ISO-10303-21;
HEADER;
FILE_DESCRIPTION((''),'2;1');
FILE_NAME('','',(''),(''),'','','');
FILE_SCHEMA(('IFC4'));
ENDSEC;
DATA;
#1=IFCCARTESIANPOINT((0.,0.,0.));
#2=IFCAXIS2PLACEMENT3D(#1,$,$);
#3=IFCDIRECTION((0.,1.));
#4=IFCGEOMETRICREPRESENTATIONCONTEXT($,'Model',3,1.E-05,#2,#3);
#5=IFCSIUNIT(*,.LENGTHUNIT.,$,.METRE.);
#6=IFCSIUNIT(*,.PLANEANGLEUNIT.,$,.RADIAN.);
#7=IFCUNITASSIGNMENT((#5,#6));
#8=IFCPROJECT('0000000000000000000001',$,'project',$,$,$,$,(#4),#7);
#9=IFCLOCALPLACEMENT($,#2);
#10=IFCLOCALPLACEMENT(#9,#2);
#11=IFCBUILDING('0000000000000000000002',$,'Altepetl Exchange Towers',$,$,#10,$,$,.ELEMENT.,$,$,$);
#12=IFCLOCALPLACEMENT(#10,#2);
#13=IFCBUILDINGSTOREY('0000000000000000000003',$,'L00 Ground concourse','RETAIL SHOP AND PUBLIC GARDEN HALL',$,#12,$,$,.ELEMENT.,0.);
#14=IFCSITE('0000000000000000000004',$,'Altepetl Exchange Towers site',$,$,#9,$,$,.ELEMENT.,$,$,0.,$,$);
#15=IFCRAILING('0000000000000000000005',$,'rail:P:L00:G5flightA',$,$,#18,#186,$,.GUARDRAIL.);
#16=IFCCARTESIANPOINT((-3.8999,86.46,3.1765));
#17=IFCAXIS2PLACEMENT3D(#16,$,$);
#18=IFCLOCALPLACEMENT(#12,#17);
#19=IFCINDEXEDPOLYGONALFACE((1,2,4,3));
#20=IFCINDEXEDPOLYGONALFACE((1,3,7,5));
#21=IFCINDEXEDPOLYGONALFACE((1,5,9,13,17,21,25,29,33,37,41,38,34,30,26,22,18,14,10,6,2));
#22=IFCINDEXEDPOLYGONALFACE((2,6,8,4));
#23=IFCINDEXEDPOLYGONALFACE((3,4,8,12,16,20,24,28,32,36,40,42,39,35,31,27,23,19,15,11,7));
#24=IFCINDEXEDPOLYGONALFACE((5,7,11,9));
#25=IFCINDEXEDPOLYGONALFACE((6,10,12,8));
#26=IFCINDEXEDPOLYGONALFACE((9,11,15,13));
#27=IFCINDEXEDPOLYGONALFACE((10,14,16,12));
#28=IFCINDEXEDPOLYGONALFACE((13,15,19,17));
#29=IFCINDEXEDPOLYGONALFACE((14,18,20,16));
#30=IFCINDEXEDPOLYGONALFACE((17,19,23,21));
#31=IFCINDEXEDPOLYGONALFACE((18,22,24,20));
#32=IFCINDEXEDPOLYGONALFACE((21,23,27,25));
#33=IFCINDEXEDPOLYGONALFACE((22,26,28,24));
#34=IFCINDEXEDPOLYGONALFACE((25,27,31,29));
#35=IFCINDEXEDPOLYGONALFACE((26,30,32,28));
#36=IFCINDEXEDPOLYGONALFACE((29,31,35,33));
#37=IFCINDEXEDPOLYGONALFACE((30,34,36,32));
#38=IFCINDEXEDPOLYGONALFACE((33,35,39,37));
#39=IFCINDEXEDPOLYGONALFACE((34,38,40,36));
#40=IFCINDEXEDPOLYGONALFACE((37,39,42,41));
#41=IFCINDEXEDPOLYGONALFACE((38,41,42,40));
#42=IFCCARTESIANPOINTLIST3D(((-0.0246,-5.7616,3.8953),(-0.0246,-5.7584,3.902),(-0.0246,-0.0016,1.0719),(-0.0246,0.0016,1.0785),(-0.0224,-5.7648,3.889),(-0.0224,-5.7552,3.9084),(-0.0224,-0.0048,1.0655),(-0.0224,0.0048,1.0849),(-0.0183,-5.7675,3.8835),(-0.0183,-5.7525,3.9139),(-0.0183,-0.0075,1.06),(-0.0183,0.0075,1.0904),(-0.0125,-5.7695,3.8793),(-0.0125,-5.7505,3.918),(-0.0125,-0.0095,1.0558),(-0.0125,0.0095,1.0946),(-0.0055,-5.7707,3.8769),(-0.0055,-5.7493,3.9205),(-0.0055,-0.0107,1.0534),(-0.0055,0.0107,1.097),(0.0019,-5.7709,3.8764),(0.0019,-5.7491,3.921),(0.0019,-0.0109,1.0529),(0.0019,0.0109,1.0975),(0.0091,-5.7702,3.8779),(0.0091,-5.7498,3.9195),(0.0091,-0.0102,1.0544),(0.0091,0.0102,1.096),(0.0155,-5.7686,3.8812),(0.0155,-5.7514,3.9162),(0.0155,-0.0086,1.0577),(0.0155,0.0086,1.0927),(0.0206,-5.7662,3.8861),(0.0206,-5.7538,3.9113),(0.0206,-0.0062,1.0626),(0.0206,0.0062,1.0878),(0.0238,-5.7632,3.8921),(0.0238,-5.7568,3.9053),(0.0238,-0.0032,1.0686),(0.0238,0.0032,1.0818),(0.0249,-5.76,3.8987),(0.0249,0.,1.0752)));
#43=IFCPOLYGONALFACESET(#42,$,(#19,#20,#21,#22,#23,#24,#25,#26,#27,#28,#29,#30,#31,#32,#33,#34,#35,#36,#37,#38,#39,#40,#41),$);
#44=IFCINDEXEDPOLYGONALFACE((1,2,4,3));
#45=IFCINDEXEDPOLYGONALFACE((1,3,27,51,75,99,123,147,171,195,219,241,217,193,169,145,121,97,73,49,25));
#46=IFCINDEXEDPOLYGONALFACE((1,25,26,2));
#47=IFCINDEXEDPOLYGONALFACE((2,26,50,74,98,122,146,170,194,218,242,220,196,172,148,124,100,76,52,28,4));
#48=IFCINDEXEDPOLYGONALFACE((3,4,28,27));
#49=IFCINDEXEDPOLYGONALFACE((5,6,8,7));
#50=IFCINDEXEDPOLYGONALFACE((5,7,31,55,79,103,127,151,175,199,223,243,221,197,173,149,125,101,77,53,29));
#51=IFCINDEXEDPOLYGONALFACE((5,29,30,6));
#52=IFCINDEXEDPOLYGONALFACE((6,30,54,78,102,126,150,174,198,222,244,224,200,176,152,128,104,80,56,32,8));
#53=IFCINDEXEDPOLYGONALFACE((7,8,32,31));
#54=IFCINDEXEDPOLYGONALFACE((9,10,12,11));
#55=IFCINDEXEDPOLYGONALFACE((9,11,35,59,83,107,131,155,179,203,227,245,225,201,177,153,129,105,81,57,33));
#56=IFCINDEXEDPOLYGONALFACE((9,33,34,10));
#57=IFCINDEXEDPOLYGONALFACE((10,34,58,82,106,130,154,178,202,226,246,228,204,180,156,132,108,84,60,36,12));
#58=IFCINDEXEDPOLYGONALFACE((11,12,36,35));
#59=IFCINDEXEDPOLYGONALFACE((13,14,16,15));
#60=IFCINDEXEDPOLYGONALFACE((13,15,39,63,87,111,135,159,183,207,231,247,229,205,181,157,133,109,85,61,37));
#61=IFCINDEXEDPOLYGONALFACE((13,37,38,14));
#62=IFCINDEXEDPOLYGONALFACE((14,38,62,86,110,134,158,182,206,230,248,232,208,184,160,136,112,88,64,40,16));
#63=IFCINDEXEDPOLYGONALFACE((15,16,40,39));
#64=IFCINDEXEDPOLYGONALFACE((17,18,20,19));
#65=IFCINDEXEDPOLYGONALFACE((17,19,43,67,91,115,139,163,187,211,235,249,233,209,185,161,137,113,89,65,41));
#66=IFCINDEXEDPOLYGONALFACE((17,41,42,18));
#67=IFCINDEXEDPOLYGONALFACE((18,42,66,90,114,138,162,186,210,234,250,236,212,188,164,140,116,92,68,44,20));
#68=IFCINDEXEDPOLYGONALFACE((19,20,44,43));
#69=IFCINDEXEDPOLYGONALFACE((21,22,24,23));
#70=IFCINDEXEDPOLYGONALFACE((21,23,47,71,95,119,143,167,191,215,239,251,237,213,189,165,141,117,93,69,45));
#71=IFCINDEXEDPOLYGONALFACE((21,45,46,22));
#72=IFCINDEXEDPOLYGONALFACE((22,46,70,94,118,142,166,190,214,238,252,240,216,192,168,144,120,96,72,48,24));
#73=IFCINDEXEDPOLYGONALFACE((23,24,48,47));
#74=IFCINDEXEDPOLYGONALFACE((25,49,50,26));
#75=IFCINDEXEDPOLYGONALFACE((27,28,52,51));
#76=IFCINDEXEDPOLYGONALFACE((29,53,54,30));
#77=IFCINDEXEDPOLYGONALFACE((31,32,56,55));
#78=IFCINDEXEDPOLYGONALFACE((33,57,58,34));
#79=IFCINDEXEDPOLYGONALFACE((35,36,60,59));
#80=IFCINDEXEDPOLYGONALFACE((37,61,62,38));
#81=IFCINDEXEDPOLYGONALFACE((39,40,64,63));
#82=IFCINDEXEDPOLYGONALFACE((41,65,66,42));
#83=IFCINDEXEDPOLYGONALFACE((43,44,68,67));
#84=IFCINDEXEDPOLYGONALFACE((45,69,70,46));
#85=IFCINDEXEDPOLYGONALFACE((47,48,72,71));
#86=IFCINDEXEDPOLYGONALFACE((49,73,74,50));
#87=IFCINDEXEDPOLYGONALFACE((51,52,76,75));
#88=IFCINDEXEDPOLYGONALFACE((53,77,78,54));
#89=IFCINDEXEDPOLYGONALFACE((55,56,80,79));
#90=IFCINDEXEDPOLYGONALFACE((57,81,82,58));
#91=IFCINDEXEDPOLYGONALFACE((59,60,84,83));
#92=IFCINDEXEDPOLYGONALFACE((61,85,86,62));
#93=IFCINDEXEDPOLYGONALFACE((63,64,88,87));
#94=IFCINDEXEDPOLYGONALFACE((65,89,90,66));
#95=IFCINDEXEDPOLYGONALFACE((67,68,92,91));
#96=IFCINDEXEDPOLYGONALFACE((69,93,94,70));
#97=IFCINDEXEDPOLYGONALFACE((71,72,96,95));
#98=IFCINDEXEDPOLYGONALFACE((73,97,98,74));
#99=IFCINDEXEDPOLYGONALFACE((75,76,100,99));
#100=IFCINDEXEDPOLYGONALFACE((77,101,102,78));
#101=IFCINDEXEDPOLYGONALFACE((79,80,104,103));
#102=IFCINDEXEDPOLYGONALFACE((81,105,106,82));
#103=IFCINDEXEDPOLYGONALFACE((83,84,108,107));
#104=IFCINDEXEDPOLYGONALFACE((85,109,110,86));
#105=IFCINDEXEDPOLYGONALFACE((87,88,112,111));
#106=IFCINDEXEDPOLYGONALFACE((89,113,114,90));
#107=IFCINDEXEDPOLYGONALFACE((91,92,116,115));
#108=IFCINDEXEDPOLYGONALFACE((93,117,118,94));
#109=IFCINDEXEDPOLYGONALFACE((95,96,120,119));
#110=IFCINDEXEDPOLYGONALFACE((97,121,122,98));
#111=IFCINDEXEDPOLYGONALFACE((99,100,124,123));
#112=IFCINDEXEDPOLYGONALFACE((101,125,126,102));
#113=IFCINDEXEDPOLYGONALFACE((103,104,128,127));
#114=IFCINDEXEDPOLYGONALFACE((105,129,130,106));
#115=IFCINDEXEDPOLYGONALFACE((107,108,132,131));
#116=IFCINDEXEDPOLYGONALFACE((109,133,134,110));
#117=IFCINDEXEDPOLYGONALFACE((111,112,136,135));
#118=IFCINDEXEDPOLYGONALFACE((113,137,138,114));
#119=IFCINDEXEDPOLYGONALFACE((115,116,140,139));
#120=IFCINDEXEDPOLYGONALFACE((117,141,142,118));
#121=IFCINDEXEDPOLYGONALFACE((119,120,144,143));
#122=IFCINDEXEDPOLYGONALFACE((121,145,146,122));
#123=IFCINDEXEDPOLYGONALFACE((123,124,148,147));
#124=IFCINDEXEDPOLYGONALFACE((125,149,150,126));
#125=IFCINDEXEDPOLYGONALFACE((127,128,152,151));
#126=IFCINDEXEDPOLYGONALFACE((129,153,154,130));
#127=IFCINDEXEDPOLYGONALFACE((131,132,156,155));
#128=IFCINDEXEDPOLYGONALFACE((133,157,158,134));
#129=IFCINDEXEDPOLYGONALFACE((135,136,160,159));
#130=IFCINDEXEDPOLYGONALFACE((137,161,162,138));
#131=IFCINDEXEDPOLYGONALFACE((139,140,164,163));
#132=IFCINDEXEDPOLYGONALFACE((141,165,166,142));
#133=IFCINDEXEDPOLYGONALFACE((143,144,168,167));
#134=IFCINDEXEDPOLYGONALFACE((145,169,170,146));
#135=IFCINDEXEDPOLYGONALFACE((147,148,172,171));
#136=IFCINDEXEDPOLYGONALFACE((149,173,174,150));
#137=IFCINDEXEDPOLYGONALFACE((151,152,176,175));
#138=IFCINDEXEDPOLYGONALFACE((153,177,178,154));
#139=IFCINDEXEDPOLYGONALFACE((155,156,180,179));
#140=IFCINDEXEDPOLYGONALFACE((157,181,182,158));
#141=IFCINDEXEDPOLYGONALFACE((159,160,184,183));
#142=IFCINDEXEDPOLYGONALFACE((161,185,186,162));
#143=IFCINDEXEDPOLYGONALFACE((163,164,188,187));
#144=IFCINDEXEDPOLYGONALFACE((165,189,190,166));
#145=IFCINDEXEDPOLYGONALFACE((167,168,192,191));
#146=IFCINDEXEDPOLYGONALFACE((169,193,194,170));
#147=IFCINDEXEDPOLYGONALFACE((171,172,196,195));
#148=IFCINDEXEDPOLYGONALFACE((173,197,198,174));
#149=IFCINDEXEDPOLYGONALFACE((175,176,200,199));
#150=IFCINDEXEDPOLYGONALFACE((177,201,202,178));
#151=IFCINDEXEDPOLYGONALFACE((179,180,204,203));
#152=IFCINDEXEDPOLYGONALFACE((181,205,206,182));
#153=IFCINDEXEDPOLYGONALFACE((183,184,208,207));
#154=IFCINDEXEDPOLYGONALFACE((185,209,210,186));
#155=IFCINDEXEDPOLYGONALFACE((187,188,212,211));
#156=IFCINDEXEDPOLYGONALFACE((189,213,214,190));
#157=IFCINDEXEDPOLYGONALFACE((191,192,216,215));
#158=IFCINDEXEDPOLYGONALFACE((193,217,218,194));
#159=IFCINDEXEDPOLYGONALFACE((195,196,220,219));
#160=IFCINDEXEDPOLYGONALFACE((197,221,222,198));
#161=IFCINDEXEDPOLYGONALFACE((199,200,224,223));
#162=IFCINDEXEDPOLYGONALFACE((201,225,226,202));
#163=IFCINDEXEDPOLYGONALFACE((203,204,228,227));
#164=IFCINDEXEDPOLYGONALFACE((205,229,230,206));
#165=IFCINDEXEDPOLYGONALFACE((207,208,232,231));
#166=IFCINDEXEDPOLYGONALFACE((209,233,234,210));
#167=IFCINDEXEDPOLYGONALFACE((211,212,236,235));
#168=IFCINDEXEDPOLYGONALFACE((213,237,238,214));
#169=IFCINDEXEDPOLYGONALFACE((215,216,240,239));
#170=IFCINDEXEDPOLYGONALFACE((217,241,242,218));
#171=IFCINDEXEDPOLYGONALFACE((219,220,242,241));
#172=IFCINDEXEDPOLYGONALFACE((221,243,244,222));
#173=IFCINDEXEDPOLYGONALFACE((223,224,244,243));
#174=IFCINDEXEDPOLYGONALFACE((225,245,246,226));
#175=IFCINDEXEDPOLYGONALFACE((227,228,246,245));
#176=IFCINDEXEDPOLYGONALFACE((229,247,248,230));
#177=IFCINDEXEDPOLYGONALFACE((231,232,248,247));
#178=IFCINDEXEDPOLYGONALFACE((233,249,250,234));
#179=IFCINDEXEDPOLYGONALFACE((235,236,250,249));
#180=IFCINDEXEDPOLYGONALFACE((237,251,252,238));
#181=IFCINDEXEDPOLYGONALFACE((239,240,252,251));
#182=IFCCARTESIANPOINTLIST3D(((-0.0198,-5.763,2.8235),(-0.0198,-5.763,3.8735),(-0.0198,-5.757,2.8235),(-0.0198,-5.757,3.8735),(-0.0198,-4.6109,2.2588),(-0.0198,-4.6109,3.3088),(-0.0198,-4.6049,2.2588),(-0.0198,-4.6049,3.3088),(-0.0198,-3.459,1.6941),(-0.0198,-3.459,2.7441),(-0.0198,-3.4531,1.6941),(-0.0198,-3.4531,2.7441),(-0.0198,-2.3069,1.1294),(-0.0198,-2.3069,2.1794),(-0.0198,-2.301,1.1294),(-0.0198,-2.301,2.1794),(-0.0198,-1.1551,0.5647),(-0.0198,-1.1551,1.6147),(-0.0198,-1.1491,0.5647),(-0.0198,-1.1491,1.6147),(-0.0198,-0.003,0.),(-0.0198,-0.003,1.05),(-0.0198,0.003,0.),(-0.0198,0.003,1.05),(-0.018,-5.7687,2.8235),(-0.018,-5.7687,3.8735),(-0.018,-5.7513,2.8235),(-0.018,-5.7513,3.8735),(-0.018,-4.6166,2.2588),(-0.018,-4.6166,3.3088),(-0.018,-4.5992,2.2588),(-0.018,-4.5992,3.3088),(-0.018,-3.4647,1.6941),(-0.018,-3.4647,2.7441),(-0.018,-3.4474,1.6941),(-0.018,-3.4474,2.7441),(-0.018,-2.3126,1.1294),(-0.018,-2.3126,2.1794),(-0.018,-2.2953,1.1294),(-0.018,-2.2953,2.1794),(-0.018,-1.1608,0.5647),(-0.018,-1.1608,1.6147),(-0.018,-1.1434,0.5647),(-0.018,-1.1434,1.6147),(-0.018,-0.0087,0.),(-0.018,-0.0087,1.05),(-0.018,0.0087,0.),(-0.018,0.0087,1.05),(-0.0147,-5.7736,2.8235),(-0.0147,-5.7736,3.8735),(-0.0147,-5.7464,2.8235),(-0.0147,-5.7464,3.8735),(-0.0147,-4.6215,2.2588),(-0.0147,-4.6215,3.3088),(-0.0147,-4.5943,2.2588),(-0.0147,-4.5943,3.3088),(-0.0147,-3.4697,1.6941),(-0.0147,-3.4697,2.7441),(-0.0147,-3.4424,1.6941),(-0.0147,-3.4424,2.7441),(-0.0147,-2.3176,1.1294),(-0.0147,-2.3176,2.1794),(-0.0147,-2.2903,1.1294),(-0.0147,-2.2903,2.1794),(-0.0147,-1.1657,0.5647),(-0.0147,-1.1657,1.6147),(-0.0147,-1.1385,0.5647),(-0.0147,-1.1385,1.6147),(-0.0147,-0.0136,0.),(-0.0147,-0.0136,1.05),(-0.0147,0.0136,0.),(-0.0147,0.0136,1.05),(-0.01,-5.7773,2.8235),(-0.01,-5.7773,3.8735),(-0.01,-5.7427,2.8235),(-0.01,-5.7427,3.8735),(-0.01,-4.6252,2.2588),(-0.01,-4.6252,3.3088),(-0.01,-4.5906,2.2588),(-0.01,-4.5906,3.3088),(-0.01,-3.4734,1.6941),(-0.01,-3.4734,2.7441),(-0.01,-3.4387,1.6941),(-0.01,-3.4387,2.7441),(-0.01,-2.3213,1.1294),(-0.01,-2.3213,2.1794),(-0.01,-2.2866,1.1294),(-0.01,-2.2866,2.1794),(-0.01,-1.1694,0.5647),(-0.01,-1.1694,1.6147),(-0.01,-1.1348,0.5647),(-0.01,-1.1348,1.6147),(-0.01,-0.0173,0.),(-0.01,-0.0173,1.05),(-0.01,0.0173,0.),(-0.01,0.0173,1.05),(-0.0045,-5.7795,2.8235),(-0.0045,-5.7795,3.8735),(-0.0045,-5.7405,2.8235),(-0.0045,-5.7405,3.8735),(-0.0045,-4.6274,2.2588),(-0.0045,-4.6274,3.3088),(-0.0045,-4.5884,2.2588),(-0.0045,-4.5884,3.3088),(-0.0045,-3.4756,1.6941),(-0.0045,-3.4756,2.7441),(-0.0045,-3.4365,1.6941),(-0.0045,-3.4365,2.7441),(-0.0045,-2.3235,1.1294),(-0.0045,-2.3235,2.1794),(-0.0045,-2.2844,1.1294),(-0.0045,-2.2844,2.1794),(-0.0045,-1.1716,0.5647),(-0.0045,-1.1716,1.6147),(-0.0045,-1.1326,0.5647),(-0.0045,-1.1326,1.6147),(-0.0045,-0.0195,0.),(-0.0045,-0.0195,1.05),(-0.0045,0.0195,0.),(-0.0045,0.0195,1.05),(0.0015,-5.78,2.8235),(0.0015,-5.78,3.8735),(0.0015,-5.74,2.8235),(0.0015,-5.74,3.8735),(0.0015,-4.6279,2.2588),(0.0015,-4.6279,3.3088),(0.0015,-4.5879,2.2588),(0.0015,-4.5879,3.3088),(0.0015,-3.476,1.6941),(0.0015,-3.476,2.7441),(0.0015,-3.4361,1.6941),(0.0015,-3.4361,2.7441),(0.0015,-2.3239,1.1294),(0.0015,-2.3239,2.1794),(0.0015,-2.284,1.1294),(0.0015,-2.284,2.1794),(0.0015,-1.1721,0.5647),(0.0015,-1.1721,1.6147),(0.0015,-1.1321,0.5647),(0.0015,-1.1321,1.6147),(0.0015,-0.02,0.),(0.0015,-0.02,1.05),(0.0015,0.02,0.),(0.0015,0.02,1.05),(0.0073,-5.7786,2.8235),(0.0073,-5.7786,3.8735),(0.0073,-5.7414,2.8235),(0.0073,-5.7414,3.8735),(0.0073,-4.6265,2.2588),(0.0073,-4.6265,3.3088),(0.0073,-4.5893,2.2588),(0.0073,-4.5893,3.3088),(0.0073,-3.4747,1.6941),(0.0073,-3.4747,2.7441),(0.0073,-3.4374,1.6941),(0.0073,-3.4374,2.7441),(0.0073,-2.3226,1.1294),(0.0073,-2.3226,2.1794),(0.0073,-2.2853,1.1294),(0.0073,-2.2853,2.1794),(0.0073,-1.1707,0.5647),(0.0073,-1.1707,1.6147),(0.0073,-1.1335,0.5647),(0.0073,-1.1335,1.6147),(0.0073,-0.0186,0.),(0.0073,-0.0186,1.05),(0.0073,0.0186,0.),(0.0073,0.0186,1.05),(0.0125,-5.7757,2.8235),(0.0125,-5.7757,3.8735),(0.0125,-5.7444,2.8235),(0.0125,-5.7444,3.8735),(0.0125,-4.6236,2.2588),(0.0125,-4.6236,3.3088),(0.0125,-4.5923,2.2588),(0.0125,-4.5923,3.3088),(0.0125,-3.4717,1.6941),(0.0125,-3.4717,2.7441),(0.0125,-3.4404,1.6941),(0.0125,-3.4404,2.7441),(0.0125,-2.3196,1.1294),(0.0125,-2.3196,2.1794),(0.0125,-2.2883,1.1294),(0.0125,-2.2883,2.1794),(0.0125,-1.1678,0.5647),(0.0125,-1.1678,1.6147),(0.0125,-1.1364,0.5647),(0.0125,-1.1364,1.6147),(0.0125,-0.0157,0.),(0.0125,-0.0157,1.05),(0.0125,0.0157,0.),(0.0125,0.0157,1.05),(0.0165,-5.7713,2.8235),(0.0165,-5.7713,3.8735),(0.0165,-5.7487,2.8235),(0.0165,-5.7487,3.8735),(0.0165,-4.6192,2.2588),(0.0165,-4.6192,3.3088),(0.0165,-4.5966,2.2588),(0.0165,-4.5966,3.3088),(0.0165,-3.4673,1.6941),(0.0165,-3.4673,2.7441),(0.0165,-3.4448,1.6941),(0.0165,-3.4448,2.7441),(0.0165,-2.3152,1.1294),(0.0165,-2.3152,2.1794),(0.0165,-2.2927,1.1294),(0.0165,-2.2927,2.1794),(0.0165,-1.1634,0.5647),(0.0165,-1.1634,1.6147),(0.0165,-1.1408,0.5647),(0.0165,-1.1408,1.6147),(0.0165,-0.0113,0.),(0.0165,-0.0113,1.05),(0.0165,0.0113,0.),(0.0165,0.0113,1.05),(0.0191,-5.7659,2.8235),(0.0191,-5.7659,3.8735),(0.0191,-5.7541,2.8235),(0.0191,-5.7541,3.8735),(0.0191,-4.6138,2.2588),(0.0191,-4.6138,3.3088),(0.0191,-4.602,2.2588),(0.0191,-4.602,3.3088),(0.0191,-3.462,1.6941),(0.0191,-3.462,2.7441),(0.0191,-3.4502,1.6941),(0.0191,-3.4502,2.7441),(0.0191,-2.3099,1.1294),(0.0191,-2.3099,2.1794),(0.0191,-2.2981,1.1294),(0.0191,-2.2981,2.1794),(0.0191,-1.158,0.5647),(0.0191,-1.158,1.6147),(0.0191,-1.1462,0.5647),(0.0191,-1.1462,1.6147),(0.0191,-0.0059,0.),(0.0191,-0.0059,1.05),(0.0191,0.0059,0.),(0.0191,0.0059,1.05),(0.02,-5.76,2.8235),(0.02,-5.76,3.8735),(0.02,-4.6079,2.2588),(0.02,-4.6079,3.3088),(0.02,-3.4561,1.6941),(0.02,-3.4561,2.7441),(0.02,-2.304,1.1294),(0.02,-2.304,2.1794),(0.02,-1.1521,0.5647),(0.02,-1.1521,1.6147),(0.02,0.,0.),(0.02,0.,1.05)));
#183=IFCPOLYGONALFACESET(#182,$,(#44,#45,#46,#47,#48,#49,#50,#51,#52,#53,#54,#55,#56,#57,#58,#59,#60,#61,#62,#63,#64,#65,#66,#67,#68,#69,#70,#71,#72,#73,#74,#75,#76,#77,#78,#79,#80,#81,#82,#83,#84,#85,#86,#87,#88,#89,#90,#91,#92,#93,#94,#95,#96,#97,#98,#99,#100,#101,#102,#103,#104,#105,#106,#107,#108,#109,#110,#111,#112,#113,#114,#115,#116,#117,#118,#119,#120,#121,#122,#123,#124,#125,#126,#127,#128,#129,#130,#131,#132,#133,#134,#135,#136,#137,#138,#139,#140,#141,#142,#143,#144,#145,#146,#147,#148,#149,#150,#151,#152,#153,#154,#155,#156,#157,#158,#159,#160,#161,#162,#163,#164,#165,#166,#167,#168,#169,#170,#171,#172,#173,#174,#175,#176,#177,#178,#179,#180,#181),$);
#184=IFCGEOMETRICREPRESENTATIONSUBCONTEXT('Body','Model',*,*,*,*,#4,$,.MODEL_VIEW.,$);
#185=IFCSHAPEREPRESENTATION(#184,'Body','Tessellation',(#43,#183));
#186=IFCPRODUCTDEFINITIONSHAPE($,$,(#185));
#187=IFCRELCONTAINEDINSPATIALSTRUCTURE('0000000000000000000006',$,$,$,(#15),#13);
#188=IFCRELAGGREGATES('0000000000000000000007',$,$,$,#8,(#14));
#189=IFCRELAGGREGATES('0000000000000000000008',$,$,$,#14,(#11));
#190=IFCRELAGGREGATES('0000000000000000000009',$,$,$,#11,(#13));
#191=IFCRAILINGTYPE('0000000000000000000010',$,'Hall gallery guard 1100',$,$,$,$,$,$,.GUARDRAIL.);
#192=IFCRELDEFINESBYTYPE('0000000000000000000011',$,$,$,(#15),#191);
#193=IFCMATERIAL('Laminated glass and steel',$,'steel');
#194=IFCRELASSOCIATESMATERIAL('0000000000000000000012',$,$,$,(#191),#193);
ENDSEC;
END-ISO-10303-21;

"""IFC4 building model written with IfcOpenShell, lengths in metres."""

from ifc_helpers import new_model, si_unit, direction, frame, origin, origin_2d, place, context, subcontext, project, spatial, circle, extrude, source, transform, mapped, material, type_object, element, save


model = new_model("IFC4")

# Units and contexts
model_context = context("Model", 3, precision=1e-05, world=origin(), true_north=direction((0.0, 1.0)))
body_context = subcontext(model_context, "Body", "Model", "MODEL_VIEW")
ifc_project = project(units=[si_unit("LENGTHUNIT", "METRE"), si_unit("PLANEANGLEUNIT", "RADIAN")], contexts=[model_context])

# Site, building, storey
site_placement = place(None, origin())
site = spatial("IfcSite", under=ifc_project, at=site_placement, Name="Altepetl Exchange Towers site", CompositionType="ELEMENT", RefElevation=0.0)
building_placement = place(site_placement, origin())
building = spatial("IfcBuilding", under=site, at=building_placement, Name="Altepetl Exchange Towers", CompositionType="ELEMENT")
storey_placement = place(building_placement, origin())
storey = spatial("IfcBuildingStorey", under=building, at=storey_placement, Name="L00 Ground concourse", Description="RETAIL SHOP AND PUBLIC GARDEN HALL", CompositionType="ELEMENT", Elevation=0.0)

# Railing
ifc_material_1 = material(Name="Laminated glass and steel", Category="steel")
railing_type_1 = type_object("IfcRailingType", Name="Hall gallery guard 1100", PredefinedType="GUARDRAIL", material=ifc_material_1)
shared_shape_1 = source(origin(), body_context, "Body", "SweptSolid", [
    extrude(circle(Radius=0.02, at=origin_2d()), origin(), (0.0, 0.0, 1.0), 1.05),
])
for number, where, name in (
    (1, (-3.8999, 86.46, 3.1765), "rail:P:L00:G5flightA"),
):
    element("IfcRailing", number, at=place(storey_placement, frame(where)), inside=storey, type_object=railing_type_1, Name=name, PredefinedType="GUARDRAIL", context=body_context, shape_type="SweptSolid", body=[
        extrude(circle(Radius=0.0249, at=origin_2d()), frame((0.0, 0.0, 1.0752), z_axis=(0.0, -0.897924, 0.440151), x_axis=(1.0, 0.0, 0.0)), (0.0, 0.0, 1.0), 6.4148),
        mapped(shared_shape_1, transform((0.0, 0.0, 0.0))),
        mapped(shared_shape_1, transform((0.0, -1.1521, 0.5647))),
        mapped(shared_shape_1, transform((0.0, -2.304, 1.1294))),
        mapped(shared_shape_1, transform((0.0, -3.4561, 1.6941))),
        mapped(shared_shape_1, transform((0.0, -4.6079, 2.2588))),
        mapped(shared_shape_1, transform((0.0, -5.76, 2.8235))),
    ])

save(model, "model.ifc")
